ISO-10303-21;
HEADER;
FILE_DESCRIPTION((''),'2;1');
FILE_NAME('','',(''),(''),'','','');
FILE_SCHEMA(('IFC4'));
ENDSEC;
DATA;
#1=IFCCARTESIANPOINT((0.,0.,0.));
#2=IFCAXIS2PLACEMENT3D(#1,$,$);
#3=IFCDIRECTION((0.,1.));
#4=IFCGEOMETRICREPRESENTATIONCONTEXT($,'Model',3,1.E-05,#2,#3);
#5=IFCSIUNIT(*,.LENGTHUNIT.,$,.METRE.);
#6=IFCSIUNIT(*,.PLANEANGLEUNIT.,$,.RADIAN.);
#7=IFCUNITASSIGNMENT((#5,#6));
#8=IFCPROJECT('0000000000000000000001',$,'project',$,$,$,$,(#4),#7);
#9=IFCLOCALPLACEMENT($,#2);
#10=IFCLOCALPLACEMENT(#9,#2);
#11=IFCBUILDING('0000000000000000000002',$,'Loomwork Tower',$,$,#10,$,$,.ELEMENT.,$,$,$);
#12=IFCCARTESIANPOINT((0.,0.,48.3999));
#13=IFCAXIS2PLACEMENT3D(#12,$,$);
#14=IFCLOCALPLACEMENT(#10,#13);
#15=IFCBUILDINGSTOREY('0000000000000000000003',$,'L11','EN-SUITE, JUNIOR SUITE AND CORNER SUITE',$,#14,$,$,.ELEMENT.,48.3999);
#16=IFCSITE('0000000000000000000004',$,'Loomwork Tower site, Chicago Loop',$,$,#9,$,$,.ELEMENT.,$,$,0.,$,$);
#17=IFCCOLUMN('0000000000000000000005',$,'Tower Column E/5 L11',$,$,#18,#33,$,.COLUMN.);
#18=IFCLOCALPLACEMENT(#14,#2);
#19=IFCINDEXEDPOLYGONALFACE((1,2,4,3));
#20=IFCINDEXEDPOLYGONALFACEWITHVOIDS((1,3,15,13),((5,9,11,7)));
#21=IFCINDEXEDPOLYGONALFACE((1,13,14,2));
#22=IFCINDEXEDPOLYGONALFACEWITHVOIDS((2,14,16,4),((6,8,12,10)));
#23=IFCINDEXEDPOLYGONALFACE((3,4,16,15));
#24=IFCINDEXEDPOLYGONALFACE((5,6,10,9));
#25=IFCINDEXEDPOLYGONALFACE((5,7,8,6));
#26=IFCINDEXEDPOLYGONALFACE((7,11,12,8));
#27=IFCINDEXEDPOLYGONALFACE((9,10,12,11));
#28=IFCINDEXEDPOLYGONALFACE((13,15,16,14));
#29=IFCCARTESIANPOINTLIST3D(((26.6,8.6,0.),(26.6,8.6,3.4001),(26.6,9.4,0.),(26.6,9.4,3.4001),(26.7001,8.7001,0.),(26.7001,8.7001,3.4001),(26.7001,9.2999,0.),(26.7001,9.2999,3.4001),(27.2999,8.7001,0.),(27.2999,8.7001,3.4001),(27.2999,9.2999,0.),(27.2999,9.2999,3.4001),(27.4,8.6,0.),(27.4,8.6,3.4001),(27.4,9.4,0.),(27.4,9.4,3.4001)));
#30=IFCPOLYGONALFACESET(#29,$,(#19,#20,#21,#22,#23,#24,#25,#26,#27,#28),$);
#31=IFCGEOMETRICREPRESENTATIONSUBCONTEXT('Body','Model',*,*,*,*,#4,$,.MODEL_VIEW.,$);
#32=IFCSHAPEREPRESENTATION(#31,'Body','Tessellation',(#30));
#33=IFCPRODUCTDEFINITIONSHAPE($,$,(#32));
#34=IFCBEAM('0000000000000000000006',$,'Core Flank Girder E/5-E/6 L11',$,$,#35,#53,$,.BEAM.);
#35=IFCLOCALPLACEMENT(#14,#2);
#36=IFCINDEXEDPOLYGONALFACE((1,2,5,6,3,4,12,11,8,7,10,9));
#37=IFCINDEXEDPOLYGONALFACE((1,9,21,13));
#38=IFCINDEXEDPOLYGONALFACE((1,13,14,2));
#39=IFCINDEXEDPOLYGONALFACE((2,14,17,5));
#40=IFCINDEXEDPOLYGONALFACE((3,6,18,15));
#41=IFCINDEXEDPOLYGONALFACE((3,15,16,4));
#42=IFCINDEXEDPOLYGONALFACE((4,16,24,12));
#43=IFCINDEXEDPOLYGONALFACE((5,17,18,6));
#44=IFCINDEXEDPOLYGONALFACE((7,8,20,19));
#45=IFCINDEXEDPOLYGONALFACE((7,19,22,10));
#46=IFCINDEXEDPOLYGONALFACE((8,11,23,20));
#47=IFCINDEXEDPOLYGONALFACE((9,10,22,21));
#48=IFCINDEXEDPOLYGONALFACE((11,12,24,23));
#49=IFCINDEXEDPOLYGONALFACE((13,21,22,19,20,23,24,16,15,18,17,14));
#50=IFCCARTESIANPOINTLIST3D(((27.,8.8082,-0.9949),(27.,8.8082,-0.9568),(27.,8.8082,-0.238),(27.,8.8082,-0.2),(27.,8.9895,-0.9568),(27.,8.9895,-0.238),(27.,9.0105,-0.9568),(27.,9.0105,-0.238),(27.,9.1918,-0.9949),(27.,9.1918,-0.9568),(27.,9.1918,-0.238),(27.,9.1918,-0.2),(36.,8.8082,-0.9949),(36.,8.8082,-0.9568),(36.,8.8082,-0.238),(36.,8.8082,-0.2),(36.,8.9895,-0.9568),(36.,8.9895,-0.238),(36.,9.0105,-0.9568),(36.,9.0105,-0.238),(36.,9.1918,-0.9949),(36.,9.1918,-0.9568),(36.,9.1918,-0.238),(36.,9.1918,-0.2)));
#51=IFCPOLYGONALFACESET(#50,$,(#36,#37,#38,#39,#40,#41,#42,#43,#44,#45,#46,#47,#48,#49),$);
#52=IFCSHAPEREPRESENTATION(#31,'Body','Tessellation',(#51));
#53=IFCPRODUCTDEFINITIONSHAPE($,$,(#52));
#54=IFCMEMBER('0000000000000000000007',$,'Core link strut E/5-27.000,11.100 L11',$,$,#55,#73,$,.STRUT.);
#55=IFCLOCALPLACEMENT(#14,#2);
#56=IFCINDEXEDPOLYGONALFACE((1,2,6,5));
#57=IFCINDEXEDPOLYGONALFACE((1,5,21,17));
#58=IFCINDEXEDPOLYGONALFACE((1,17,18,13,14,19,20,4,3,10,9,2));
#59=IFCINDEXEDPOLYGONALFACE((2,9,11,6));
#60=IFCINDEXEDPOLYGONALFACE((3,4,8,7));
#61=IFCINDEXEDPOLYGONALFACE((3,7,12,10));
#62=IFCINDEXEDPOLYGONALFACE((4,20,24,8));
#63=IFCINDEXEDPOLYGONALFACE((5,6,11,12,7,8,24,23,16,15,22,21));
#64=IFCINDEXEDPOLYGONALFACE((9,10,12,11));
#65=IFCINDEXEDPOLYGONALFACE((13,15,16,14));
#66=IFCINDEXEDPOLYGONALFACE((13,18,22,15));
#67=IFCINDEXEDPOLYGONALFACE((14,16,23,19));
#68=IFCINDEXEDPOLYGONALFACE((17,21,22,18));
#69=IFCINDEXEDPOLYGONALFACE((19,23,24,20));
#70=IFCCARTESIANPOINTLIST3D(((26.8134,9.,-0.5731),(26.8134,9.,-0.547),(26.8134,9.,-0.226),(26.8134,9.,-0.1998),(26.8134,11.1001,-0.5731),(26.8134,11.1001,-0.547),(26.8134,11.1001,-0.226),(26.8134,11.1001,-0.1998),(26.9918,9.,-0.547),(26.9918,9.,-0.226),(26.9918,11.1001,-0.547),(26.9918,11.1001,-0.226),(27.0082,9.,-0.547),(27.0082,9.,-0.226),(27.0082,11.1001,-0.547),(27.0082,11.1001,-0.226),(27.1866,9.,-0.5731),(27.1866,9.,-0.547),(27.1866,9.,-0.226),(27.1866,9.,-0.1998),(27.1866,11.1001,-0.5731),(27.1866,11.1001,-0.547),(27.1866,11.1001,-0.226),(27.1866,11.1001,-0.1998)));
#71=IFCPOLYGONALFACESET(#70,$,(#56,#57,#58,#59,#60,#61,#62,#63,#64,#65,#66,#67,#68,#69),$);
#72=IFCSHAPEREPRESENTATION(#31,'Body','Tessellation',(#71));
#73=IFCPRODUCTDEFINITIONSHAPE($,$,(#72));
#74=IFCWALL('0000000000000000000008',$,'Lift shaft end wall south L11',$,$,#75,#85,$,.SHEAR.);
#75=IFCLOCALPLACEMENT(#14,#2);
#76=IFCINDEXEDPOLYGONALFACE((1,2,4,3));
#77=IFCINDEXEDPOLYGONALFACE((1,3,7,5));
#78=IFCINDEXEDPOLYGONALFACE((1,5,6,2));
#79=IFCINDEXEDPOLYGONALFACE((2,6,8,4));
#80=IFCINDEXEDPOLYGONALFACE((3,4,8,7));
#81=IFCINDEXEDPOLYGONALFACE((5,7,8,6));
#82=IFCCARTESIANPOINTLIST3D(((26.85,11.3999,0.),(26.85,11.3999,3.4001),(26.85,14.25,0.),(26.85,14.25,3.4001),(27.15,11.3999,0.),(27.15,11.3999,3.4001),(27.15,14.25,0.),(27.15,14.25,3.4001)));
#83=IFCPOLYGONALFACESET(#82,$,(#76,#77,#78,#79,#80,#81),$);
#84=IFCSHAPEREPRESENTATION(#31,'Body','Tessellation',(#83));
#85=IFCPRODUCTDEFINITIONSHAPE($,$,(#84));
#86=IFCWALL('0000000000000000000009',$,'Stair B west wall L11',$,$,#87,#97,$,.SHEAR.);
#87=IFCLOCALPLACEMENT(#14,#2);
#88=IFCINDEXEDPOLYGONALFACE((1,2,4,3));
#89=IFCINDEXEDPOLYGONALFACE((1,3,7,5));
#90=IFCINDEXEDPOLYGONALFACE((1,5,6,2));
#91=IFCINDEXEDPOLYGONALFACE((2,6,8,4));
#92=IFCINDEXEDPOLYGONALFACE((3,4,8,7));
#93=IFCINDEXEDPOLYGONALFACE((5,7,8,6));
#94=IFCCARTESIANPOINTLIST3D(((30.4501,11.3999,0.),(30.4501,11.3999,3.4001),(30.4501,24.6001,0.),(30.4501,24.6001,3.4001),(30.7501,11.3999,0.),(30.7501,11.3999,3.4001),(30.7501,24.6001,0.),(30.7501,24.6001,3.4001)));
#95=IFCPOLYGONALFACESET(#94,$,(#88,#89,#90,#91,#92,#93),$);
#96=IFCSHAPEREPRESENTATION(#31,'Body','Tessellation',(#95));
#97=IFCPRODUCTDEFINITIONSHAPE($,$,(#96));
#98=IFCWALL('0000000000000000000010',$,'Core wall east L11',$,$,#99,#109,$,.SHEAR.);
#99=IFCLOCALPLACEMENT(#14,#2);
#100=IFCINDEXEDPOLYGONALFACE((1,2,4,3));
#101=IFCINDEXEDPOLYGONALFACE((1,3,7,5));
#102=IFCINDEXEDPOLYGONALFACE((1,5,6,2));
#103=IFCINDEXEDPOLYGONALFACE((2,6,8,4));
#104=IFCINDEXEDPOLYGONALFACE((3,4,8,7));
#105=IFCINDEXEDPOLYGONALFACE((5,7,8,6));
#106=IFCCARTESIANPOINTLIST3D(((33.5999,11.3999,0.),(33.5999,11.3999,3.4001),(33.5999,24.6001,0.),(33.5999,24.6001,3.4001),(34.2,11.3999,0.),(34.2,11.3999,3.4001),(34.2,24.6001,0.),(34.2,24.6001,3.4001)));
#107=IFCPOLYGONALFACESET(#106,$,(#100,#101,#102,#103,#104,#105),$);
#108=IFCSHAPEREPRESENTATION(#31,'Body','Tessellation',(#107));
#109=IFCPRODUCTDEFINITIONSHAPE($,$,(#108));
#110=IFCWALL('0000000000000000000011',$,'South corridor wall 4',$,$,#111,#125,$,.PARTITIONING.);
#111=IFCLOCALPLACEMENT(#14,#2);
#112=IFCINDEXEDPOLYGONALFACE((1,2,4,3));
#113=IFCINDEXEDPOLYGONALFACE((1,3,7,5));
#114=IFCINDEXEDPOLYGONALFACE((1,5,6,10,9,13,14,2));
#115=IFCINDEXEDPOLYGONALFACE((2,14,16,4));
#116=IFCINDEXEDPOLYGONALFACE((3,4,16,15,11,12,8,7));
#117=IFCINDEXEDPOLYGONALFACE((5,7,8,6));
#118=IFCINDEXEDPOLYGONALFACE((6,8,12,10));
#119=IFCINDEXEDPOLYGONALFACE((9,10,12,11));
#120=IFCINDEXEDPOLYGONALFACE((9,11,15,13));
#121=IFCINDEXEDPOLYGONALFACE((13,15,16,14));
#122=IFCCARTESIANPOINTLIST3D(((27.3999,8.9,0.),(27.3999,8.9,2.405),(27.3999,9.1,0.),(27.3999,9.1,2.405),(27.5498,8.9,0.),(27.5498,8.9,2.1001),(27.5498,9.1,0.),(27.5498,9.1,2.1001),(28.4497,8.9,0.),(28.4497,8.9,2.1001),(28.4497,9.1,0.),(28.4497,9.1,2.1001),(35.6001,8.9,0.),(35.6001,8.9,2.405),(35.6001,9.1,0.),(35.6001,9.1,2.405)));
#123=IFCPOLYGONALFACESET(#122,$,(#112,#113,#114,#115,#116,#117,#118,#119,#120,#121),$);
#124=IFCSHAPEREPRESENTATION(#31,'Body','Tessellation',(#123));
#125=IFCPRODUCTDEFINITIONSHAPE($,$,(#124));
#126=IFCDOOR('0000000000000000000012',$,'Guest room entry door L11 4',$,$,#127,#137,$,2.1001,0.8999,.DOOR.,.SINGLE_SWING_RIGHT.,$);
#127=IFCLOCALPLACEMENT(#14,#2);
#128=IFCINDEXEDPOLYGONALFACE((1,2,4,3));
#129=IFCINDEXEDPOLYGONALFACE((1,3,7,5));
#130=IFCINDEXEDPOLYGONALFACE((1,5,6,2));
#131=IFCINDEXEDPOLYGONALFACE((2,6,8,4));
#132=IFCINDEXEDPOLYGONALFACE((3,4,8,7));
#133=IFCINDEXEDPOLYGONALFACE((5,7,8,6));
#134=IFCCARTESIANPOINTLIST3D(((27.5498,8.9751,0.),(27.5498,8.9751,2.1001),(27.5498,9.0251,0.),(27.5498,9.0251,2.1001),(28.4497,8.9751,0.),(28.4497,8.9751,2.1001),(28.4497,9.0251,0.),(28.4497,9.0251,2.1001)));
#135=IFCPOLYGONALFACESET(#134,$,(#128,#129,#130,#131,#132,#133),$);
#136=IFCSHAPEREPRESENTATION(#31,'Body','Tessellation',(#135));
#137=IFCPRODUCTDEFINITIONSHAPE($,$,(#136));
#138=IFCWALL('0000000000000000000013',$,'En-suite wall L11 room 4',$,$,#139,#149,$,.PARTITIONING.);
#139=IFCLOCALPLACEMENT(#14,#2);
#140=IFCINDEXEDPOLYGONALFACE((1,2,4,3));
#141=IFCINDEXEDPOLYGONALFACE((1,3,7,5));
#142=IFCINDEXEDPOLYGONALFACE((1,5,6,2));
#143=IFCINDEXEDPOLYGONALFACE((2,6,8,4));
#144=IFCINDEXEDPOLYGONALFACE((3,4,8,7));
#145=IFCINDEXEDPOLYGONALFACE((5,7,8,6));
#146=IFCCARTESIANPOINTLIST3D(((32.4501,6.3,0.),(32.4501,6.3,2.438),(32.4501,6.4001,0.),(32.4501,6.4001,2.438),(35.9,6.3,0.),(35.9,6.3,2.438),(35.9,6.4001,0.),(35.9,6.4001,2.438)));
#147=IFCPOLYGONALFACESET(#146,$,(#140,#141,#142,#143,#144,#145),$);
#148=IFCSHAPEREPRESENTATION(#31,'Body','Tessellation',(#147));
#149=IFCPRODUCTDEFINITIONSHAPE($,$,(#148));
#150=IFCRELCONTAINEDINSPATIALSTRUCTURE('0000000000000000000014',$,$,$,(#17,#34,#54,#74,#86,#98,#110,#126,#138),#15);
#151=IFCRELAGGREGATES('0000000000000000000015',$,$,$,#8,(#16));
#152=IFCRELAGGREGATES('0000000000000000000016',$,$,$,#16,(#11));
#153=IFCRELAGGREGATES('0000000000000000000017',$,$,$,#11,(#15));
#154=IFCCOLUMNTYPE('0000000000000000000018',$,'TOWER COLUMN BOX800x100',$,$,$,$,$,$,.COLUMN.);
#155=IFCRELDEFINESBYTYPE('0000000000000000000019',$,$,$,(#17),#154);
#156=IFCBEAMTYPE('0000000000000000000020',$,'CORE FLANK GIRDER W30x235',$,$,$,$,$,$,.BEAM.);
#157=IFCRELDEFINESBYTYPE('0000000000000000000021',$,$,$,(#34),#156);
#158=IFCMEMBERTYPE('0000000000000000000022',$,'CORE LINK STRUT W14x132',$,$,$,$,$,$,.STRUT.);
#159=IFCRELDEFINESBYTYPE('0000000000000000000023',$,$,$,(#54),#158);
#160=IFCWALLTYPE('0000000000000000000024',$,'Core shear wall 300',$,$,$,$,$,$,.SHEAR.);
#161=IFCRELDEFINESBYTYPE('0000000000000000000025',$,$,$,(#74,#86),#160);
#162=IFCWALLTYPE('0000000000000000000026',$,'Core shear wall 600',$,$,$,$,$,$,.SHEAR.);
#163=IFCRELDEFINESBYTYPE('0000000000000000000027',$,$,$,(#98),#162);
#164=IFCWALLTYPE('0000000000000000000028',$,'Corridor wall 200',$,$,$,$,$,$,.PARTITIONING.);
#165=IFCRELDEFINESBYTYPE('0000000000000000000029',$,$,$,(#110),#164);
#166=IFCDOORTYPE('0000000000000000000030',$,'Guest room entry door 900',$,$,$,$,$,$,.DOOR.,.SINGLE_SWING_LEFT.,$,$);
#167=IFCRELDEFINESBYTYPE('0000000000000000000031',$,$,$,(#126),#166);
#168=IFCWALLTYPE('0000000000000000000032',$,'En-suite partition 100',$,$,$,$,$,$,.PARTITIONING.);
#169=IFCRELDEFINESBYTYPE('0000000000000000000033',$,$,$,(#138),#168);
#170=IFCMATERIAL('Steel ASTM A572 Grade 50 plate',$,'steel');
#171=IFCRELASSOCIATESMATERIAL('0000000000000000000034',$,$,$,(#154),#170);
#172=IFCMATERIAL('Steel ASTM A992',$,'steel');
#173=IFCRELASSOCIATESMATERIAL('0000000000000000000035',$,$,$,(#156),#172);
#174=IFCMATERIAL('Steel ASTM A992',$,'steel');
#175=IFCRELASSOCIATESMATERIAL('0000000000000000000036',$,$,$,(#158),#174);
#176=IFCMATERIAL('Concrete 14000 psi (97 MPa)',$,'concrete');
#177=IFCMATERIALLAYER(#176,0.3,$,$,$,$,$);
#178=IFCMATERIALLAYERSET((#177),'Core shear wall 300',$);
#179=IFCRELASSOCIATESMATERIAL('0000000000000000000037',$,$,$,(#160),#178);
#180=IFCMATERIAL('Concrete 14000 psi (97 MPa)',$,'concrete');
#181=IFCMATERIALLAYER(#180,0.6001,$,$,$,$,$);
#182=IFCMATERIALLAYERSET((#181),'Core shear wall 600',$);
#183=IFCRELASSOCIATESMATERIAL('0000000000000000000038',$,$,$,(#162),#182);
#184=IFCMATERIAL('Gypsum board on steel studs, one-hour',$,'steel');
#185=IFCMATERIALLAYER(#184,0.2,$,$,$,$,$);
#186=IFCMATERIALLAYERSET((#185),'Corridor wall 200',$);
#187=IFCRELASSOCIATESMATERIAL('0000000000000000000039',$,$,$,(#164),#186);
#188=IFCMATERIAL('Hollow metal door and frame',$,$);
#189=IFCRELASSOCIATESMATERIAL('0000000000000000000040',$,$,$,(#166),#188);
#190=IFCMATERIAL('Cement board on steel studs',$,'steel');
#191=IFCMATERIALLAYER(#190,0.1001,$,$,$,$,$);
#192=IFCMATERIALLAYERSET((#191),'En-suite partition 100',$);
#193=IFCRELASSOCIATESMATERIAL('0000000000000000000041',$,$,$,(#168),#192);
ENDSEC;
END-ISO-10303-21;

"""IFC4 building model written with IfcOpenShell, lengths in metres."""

from ifc_helpers import new_model, si_unit, direction, frame, frame_2d, origin, origin_2d, place, context, subcontext, project, spatial, rectangle, hollow_rectangle, i_section, extrude, material, layer, layer_set, material_profile, profile_set, type_object, element, fill, save


model = new_model("IFC4")

# Units and contexts
model_context = context("Model", 3, precision=1e-05, world=origin(), true_north=direction((0.0, 1.0)))
body_context = subcontext(model_context, "Body", "Model", "MODEL_VIEW")
ifc_project = project(units=[si_unit("LENGTHUNIT", "METRE"), si_unit("PLANEANGLEUNIT", "RADIAN")], contexts=[model_context])

# Site, building, storey
site_placement = place(None, origin())
site = spatial("IfcSite", under=ifc_project, at=site_placement, Name="Loomwork Tower site, Chicago Loop", CompositionType="ELEMENT", RefElevation=0.0)
building_placement = place(site_placement, origin())
building = spatial("IfcBuilding", under=site, at=building_placement, Name="Loomwork Tower", CompositionType="ELEMENT")
storey_placement = place(building_placement, frame((0.0, 0.0, 48.3999)))
storey = spatial("IfcBuildingStorey", under=building, at=storey_placement, Name="L11", Description="EN-SUITE, JUNIOR SUITE AND CORNER SUITE", CompositionType="ELEMENT", Elevation=48.3999)

# Column
ifc_material_1 = material(Name="Steel ASTM A572 Grade 50 plate", Category="steel")
ifc_material_profile_1 = material_profile(ifc_material_1, hollow_rectangle(XDim=0.8, YDim=0.8, WallThickness=0.1001, at=origin_2d()), Name="BOX800x100")
ifc_profile_set_1 = profile_set([ifc_material_profile_1], Name="Steel ASTM A572 Grade 50 plate")
column_type = type_object("IfcColumnType", Name="TOWER COLUMN BOX800x100", PredefinedType="COLUMN", material=ifc_profile_set_1)
column_placement = place(storey_placement, frame((27.0, 9.0, 0.0), z_axis=(0.0, 0.0, 1.0), x_axis=(1.0, 0.0, 0.0)))
element("IfcColumn", 1, at=column_placement, inside=storey, type_object=column_type, Name="Tower Column E/5 L11", PredefinedType="COLUMN", context=body_context, shape_type="SweptSolid", body=[
    extrude(hollow_rectangle(XDim=0.8, YDim=0.8, WallThickness=0.1001, at=origin_2d()), origin(), (0.0, 0.0, 1.0), 3.4001),
])

# Beam
ifc_material_2 = material(Name="Steel ASTM A992", Category="steel")
ifc_material_profile_2 = material_profile(ifc_material_2, i_section(OverallWidth=0.3835, OverallDepth=0.7949, WebThickness=0.021, FlangeThickness=0.0381, at=origin_2d()), Name="W30x235")
ifc_profile_set_2 = profile_set([ifc_material_profile_2], Name="Steel ASTM A992")
beam_type = type_object("IfcBeamType", Name="CORE FLANK GIRDER W30x235", PredefinedType="BEAM", material=ifc_profile_set_2)
beam_placement = place(storey_placement, frame((27.0, 9.0, -0.5974), z_axis=(1.0, 0.0, 0.0), x_axis=(0.0, 1.0, 0.0)))
element("IfcBeam", 2, at=beam_placement, inside=storey, type_object=beam_type, Name="Core Flank Girder E/5-E/6 L11", PredefinedType="BEAM", context=body_context, shape_type="SweptSolid", body=[
    extrude(i_section(OverallWidth=0.3835, OverallDepth=0.7949, WebThickness=0.021, FlangeThickness=0.0381, at=origin_2d()), origin(), (0.0, 0.0, 1.0), 9.0),
])

# Member
ifc_material_3 = material(Name="Steel ASTM A992", Category="steel")
ifc_material_profile_3 = material_profile(ifc_material_3, i_section(OverallWidth=0.3733, OverallDepth=0.3733, WebThickness=0.0164, FlangeThickness=0.0261, at=origin_2d()), Name="W14x132")
ifc_profile_set_3 = profile_set([ifc_material_profile_3], Name="Steel ASTM A992")
member_type = type_object("IfcMemberType", Name="CORE LINK STRUT W14x132", PredefinedType="STRUT", material=ifc_profile_set_3)
member_placement = place(storey_placement, frame((27.0, 9.0, -0.3865), z_axis=(0.0, 1.0, 0.0), x_axis=(-1.0, 0.0, 0.0)))
element("IfcMember", 3, at=member_placement, inside=storey, type_object=member_type, Name="Core link strut E/5-27.000,11.100 L11", PredefinedType="STRUT", context=body_context, shape_type="SweptSolid", body=[
    extrude(i_section(OverallWidth=0.3733, OverallDepth=0.3733, WebThickness=0.0164, FlangeThickness=0.0261, at=origin_2d()), origin(), (0.0, 0.0, 1.0), 2.1001),
])

# Walls
ifc_material_4 = material(Name="Concrete 14000 psi (97 MPa)", Category="concrete")
ifc_layer_1 = layer(ifc_material_4, 0.3)
ifc_layer_set_1 = layer_set([ifc_layer_1], Name="Core shear wall 300")
wall_type_1 = type_object("IfcWallType", Name="Core shear wall 300", PredefinedType="SHEAR", material=ifc_layer_set_1)
wall_1_placement = place(storey_placement, frame((27.0, 11.3999, 0.0), z_axis=(0.0, 0.0, 1.0), x_axis=(0.0, 1.0, 0.0)))
element("IfcWall", 4, at=wall_1_placement, inside=storey, type_object=wall_type_1, Name="Lift shaft end wall south L11", PredefinedType="SHEAR", context=body_context, shape_type="SweptSolid", body=[
    extrude(rectangle(XDim=2.8501, YDim=0.3, at=frame_2d((1.425, 0.0))), origin(), (0.0, 0.0, 1.0), 3.4001),
])
wall_2_placement = place(storey_placement, frame((30.6001, 11.3999, 0.0), z_axis=(0.0, 0.0, 1.0), x_axis=(0.0, 1.0, 0.0)))
element("IfcWall", 5, at=wall_2_placement, inside=storey, type_object=wall_type_1, Name="Stair B west wall L11", PredefinedType="SHEAR", context=body_context, shape_type="SweptSolid", body=[
    extrude(rectangle(XDim=13.2002, YDim=0.3, at=frame_2d((6.6001, 0.0))), origin(), (0.0, 0.0, 1.0), 3.4001),
])
ifc_material_5 = material(Name="Concrete 14000 psi (97 MPa)", Category="concrete")
ifc_layer_2 = layer(ifc_material_5, 0.6001)
ifc_layer_set_2 = layer_set([ifc_layer_2], Name="Core shear wall 600")
wall_type_2 = type_object("IfcWallType", Name="Core shear wall 600", PredefinedType="SHEAR", material=ifc_layer_set_2)
wall_3_placement = place(storey_placement, frame((33.8999, 11.3999, 0.0), z_axis=(0.0, 0.0, 1.0), x_axis=(0.0, 1.0, 0.0)))
element("IfcWall", 6, at=wall_3_placement, inside=storey, type_object=wall_type_2, Name="Core wall east L11", PredefinedType="SHEAR", context=body_context, shape_type="SweptSolid", body=[
    extrude(rectangle(XDim=13.2002, YDim=0.6001, at=frame_2d((6.6001, 0.0))), origin(), (0.0, 0.0, 1.0), 3.4001),
])

# Wall, opening, door
ifc_material_6 = material(Name="Gypsum board on steel studs, one-hour", Category="steel")
ifc_layer_3 = layer(ifc_material_6, 0.2)
ifc_layer_set_3 = layer_set([ifc_layer_3], Name="Corridor wall 200")
wall_type_3 = type_object("IfcWallType", Name="Corridor wall 200", PredefinedType="PARTITIONING", material=ifc_layer_set_3)
wall_4_placement = place(storey_placement, frame((27.3999, 9.0, 0.0), z_axis=(0.0, 0.0, 1.0), x_axis=(1.0, 0.0, 0.0)))
wall_4 = element("IfcWall", 7, at=wall_4_placement, inside=storey, type_object=wall_type_3, Name="South corridor wall 4", PredefinedType="PARTITIONING", context=body_context, shape_type="SweptSolid", body=[
    extrude(rectangle(XDim=8.2002, YDim=0.2, at=frame_2d((4.1001, 0.0))), origin(), (0.0, 0.0, 1.0), 2.405),
])
opening_1_placement = place(wall_4_placement, frame((0.1499, 0.0, 0.0)))
opening_1 = element("IfcOpeningElement", 8, at=opening_1_placement, cuts=wall_4, PredefinedType="OPENING", context=body_context, shape_type="SweptSolid", body=[
    extrude(rectangle(XDim=0.8999, YDim=2.1001, at=frame_2d((0.45, 1.05))), frame((0.0, 0.1099, 0.0), z_axis=(0.0, -1.0, 0.0), x_axis=(1.0, 0.0, 0.0)), (0.0, 0.0, 1.0), 0.22),
])
ifc_material_7 = material(Name="Hollow metal door and frame")
door_type_1 = type_object("IfcDoorType", Name="Guest room entry door 900", OperationType="SINGLE_SWING_LEFT", PredefinedType="DOOR", material=ifc_material_7)
door_1_placement = place(opening_1_placement, frame((0.8999, 0.0, 0.0), z_axis=(0.0, 0.0, 1.0), x_axis=(-1.0, 0.0, 0.0)))
door_1 = element("IfcDoor", 9, at=door_1_placement, inside=storey, type_object=door_type_1, Name="Guest room entry door L11 4", OperationType="SINGLE_SWING_RIGHT", OverallHeight=2.1001, OverallWidth=0.8999, PredefinedType="DOOR", context=body_context, shape_type="SweptSolid", body=[
    extrude(rectangle(XDim=0.8999, YDim=2.1001, at=frame_2d((0.45, 1.05))), frame((0.0, 0.0249, 0.0), z_axis=(0.0, -1.0, 0.0), x_axis=(1.0, 0.0, 0.0)), (0.0, 0.0, 1.0), 0.05),
])
fill(opening_1, door_1)

# Wall
ifc_material_8 = material(Name="Cement board on steel studs", Category="steel")
ifc_layer_4 = layer(ifc_material_8, 0.1001)
ifc_layer_set_4 = layer_set([ifc_layer_4], Name="En-suite partition 100")
wall_type_4 = type_object("IfcWallType", Name="En-suite partition 100", PredefinedType="PARTITIONING", material=ifc_layer_set_4)
wall_5_placement = place(storey_placement, frame((32.45, 6.3501, 0.0), z_axis=(0.0, 0.0, 1.0), x_axis=(1.0, 0.0, 0.0)))
element("IfcWall", 10, at=wall_5_placement, inside=storey, type_object=wall_type_4, Name="En-suite wall L11 room 4", PredefinedType="PARTITIONING", context=body_context, shape_type="SweptSolid", body=[
    extrude(rectangle(XDim=3.45, YDim=0.1001, at=frame_2d((1.7251, 0.0))), origin(), (0.0, 0.0, 1.0), 2.438),
])

save(model, "model.ifc")
